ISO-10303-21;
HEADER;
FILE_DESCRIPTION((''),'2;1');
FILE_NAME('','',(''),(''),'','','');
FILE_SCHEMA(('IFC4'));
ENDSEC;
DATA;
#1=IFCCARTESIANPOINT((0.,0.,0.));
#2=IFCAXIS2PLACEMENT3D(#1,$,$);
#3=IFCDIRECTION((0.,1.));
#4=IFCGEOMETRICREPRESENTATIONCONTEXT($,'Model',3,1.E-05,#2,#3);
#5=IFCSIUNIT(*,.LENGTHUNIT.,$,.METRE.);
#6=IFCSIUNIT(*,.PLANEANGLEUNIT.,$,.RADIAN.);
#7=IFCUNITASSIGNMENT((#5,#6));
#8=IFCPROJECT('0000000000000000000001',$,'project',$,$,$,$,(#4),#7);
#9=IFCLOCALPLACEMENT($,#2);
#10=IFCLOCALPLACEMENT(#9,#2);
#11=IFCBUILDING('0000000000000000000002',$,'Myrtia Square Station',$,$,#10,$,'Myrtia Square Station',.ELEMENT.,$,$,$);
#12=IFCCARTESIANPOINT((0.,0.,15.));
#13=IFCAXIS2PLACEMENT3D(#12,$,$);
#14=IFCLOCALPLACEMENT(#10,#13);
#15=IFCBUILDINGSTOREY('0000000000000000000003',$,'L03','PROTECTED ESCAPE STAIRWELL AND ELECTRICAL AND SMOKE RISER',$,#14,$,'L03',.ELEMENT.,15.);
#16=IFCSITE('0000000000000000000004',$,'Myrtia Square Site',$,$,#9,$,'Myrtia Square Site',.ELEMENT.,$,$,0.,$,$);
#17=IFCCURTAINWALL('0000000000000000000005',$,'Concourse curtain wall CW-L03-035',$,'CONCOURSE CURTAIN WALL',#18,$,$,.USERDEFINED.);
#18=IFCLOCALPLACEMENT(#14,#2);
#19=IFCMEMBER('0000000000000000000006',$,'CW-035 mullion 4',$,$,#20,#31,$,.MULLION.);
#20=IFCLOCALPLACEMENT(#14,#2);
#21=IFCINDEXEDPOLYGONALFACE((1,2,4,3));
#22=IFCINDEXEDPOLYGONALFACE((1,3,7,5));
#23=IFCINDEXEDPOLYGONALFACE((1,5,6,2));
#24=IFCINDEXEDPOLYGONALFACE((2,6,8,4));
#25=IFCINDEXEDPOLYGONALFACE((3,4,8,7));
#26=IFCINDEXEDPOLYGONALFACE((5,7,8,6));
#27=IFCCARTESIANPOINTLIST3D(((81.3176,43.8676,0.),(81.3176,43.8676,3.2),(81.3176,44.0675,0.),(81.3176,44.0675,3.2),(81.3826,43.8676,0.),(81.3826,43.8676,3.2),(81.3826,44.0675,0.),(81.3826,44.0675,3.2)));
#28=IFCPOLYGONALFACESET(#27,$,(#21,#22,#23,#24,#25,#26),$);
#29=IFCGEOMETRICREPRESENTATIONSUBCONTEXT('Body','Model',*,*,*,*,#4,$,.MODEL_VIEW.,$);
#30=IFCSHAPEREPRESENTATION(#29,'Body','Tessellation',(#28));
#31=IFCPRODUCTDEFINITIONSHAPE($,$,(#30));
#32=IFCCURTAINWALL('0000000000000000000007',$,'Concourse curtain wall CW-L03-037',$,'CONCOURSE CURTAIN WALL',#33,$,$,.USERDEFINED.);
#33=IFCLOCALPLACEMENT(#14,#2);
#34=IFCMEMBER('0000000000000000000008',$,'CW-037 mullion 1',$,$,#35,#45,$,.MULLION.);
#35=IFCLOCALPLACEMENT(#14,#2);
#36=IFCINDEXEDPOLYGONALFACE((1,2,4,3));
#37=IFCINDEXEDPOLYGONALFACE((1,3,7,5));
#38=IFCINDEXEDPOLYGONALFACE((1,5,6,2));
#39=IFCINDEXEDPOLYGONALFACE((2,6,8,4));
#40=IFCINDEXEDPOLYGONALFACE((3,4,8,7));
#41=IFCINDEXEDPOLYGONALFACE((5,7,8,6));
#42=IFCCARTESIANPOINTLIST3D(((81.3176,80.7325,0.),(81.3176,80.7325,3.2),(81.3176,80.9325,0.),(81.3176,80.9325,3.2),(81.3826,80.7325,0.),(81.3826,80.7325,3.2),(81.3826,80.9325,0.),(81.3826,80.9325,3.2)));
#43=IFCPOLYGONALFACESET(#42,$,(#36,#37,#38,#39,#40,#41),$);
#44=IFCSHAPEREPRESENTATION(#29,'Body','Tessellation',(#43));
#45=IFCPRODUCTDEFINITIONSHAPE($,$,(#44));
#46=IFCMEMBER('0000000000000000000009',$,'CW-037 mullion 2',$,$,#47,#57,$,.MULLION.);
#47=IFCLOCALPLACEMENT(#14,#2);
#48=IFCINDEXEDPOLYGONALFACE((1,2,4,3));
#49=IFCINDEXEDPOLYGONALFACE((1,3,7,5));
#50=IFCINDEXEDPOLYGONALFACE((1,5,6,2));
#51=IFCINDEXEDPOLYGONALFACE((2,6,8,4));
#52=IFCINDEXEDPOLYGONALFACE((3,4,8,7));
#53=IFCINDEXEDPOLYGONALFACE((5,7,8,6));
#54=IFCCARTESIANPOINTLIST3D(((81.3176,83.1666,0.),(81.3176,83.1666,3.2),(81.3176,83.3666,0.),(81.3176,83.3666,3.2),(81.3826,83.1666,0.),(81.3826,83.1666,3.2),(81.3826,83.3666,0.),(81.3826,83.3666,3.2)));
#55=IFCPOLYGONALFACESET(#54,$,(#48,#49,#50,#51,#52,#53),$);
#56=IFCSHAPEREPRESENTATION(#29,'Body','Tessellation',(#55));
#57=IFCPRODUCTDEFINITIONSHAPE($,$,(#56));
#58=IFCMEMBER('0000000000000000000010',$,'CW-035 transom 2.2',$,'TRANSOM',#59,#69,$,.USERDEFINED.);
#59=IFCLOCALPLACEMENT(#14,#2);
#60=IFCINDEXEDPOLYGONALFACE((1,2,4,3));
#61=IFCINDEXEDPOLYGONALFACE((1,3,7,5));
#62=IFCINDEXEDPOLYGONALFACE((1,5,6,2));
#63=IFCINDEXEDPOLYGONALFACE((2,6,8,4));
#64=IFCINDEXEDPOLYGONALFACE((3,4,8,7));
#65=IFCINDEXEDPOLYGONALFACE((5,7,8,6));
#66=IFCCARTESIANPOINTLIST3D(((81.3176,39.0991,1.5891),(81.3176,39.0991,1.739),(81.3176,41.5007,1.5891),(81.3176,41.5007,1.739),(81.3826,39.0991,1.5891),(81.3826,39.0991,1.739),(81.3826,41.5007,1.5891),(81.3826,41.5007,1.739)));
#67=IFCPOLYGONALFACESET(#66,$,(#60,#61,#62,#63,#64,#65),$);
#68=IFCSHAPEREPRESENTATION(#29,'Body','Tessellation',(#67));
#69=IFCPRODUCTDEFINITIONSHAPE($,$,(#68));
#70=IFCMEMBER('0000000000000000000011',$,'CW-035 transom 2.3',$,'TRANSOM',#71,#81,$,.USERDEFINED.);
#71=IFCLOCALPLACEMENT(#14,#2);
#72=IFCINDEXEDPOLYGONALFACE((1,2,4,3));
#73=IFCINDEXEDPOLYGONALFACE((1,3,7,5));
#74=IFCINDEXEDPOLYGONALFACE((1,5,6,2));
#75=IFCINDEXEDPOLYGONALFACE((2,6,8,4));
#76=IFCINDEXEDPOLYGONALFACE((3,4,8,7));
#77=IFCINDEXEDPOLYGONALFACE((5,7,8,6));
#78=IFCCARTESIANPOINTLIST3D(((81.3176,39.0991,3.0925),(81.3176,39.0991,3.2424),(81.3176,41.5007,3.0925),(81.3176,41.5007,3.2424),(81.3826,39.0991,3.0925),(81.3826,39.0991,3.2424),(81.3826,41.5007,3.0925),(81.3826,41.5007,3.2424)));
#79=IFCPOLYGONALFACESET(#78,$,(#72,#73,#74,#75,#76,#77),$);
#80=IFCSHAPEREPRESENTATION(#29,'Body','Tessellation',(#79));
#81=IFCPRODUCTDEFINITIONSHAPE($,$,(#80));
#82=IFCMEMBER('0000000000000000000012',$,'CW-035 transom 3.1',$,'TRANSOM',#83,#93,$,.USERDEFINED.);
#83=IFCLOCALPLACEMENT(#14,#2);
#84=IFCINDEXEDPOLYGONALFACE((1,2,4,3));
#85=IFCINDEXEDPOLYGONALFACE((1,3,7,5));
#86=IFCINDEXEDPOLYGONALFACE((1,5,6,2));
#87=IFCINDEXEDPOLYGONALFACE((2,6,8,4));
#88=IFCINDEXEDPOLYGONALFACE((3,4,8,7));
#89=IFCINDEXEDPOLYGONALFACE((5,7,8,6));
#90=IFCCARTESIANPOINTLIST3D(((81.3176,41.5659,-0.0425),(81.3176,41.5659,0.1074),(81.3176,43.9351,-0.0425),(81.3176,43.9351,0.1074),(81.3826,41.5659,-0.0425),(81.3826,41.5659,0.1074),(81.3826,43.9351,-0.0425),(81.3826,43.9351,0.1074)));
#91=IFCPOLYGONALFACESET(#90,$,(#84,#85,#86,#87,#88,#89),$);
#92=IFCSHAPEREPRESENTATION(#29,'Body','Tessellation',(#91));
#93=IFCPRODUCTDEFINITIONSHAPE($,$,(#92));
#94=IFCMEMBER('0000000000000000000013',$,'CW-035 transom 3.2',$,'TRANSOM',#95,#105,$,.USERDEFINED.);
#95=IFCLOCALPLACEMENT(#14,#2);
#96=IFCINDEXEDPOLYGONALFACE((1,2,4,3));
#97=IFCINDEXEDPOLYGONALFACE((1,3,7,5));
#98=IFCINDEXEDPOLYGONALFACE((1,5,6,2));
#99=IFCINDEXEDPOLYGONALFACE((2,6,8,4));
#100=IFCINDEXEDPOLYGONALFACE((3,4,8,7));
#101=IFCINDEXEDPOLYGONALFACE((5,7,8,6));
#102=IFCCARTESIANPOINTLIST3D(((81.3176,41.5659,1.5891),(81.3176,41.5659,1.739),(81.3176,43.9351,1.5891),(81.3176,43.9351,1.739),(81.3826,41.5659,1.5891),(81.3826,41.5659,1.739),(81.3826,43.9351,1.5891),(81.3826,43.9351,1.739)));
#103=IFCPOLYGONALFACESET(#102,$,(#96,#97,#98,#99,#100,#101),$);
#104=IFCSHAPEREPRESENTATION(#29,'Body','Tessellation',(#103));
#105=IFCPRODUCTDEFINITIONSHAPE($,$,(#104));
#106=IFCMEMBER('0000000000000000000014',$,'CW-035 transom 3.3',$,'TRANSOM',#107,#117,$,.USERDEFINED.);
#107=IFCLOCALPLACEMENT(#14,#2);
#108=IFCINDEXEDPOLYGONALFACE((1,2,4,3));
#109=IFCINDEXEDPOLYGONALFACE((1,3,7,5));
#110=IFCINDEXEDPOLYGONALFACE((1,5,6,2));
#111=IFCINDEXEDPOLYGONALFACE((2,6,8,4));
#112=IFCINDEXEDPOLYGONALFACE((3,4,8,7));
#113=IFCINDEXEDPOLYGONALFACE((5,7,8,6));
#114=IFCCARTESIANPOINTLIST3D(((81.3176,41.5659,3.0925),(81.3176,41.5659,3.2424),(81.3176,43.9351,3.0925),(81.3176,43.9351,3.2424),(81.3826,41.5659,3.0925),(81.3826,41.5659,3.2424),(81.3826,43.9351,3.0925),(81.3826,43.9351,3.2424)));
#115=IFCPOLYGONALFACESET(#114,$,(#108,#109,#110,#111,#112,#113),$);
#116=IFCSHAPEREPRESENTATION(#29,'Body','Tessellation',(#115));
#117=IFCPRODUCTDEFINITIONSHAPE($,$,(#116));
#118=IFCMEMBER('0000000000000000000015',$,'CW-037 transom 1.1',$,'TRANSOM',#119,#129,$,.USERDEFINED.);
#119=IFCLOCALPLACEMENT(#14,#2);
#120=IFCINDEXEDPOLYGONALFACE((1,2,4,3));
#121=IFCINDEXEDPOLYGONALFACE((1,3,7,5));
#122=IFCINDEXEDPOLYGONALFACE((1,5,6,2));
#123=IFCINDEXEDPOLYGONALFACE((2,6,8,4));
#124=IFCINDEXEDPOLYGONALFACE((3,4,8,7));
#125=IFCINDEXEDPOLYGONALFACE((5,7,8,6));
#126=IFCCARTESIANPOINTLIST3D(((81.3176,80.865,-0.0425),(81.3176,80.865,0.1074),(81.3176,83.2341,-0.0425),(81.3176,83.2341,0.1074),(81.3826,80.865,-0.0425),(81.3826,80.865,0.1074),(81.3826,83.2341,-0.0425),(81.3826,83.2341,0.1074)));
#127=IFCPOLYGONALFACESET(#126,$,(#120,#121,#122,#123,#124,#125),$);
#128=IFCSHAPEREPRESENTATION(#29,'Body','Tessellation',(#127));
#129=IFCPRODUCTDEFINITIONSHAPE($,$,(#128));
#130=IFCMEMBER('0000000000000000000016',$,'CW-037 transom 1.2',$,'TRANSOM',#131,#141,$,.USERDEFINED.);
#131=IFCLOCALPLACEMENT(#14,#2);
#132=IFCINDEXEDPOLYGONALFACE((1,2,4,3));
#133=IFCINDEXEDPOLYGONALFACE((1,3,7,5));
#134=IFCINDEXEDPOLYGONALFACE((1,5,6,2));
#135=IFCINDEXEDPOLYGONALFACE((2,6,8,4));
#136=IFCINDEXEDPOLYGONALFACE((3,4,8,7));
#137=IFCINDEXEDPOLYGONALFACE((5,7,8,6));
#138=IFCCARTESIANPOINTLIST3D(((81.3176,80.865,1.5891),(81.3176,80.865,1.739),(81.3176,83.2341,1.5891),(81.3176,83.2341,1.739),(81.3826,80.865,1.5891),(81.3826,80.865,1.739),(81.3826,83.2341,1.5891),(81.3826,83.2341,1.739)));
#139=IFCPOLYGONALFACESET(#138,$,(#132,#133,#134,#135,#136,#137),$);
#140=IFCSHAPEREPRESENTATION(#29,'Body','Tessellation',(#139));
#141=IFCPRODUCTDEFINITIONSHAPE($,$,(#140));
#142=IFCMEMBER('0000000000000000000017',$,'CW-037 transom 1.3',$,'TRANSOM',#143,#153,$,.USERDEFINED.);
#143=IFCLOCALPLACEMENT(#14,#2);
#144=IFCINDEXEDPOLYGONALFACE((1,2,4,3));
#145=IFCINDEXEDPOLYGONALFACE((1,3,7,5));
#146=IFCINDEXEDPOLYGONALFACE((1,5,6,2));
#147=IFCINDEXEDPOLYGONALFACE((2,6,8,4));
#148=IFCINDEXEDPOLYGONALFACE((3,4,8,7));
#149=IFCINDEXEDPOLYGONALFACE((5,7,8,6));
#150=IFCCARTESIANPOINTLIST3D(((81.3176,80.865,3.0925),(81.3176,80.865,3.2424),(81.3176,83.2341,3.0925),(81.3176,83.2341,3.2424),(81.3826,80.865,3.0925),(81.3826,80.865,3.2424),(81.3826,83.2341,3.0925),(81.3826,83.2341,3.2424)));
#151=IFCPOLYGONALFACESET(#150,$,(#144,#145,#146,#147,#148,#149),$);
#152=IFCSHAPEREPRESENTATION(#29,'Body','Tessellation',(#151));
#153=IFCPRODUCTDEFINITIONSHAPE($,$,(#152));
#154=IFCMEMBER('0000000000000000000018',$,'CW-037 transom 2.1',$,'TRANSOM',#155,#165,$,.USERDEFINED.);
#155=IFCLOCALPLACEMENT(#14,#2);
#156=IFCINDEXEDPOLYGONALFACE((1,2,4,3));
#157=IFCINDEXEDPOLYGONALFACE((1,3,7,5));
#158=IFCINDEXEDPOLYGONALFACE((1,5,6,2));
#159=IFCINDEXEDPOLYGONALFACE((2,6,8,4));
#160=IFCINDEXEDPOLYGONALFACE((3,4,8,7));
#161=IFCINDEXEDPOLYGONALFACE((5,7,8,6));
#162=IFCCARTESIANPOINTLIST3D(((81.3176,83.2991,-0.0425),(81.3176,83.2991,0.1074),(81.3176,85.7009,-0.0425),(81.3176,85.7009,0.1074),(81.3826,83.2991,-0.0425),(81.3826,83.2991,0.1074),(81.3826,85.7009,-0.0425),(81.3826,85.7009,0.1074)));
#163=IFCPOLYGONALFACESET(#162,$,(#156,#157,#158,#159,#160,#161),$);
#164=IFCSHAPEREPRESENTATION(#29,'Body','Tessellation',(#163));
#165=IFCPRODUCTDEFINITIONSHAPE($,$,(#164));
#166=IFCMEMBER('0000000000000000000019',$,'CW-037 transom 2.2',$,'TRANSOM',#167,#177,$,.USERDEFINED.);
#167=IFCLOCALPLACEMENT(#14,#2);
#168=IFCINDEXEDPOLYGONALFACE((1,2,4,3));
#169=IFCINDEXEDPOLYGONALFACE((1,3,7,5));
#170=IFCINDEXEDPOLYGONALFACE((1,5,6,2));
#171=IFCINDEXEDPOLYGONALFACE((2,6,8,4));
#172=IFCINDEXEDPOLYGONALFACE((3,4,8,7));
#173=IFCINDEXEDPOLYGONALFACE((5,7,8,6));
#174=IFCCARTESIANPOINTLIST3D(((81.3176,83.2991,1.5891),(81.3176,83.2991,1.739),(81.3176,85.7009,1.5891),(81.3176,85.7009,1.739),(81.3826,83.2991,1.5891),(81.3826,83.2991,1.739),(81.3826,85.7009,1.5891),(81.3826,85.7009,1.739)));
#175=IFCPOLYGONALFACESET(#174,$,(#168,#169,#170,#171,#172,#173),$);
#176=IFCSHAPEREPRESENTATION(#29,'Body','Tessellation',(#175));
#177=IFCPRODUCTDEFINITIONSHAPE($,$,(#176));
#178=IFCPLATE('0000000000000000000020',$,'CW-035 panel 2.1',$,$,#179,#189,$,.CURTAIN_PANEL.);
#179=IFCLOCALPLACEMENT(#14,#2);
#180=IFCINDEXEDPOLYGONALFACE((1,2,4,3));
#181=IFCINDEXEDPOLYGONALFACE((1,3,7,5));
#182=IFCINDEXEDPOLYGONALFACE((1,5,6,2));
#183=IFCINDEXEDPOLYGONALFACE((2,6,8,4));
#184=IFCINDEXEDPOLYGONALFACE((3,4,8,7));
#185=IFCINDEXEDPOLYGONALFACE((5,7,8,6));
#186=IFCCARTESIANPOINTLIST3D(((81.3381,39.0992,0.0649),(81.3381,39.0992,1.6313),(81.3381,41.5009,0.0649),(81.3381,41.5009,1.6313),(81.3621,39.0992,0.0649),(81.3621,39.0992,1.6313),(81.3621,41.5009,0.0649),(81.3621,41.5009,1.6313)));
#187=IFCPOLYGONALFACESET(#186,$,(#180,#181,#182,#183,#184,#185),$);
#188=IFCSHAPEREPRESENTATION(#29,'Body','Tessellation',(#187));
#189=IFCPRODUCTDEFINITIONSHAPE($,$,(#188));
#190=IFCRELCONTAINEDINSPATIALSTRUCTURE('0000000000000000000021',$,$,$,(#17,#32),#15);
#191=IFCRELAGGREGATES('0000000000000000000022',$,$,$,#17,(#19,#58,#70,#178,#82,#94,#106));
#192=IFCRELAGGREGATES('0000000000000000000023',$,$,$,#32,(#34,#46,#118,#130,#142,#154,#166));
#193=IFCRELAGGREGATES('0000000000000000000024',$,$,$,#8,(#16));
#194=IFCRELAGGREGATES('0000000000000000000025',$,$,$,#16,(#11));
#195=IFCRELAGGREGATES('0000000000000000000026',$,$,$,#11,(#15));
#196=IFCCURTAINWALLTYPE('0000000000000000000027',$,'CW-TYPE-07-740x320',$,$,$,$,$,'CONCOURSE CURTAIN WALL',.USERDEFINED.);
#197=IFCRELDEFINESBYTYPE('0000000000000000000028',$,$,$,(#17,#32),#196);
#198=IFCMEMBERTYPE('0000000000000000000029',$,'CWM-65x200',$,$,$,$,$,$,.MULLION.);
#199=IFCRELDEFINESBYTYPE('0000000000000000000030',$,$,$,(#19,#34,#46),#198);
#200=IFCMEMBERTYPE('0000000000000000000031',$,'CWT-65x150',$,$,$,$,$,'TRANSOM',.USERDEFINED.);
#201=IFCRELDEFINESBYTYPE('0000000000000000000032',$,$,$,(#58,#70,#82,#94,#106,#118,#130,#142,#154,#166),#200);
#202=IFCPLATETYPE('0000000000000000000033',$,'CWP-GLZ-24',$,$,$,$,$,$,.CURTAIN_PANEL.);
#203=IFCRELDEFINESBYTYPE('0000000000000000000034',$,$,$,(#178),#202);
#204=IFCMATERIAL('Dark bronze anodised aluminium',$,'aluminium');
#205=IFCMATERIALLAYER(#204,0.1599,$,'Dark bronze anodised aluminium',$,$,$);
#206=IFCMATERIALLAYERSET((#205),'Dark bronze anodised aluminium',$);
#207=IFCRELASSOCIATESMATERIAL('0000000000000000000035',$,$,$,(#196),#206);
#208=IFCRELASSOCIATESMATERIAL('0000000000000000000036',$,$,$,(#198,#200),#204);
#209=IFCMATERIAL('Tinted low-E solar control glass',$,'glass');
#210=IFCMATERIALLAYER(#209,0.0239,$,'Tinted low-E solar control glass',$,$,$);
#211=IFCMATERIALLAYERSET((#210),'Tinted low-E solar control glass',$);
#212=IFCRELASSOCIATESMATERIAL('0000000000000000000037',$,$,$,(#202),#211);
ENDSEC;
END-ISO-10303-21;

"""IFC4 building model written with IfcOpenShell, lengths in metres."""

from ifc_helpers import new_model, si_unit, direction, frame, origin, origin_2d, place, context, subcontext, project, spatial, rectangle, extrude, material, layer, layer_set, material_profile, profile_set, type_object, element, aggregate, save


model = new_model("IFC4")

# Units and contexts
model_context = context("Model", 3, precision=1e-05, world=origin(), true_north=direction((0.0, 1.0)))
body_context = subcontext(model_context, "Body", "Model", "MODEL_VIEW")
ifc_project = project(units=[si_unit("LENGTHUNIT", "METRE"), si_unit("PLANEANGLEUNIT", "RADIAN")], contexts=[model_context])

# Site, building, storey
site_placement = place(None, origin())
site = spatial("IfcSite", under=ifc_project, at=site_placement, Name="Myrtia Square Site", LongName="Myrtia Square Site", CompositionType="ELEMENT", RefElevation=0.0)
building_placement = place(site_placement, origin())
building = spatial("IfcBuilding", under=site, at=building_placement, Name="Myrtia Square Station", LongName="Myrtia Square Station", CompositionType="ELEMENT")
storey_placement = place(building_placement, frame((0.0, 0.0, 15.0)))
storey = spatial("IfcBuildingStorey", under=building, at=storey_placement, Name="L03", Description="PROTECTED ESCAPE STAIRWELL AND ELECTRICAL AND SMOKE RISER", LongName="L03", CompositionType="ELEMENT", Elevation=15.0)

# Curtain walls, members
ifc_material_1 = material(Name="Dark bronze anodised aluminium", Category="aluminium")
ifc_layer_1 = layer(ifc_material_1, 0.1599, Name="Dark bronze anodised aluminium")
ifc_layer_set_1 = layer_set([ifc_layer_1], Name="Dark bronze anodised aluminium")
curtain_wall_type = type_object("IfcCurtainWallType", Name="CW-TYPE-07-740x320", ElementType="CONCOURSE CURTAIN WALL", PredefinedType="USERDEFINED", material=ifc_layer_set_1)
curtain_wall_1_placement = place(storey_placement, origin())
curtain_wall_1 = element("IfcCurtainWall", 1, at=curtain_wall_1_placement, inside=storey, type_object=curtain_wall_type, Name="Concourse curtain wall CW-L03-035", ObjectType="CONCOURSE CURTAIN WALL", PredefinedType="USERDEFINED")
ifc_material_profile_1 = material_profile(ifc_material_1, rectangle(XDim=0.0649, YDim=0.2, at=origin_2d()), Name="ALU-M 65x200")
ifc_profile_set_1 = profile_set([ifc_material_profile_1], Name="Dark bronze anodised aluminium")
member_type_1 = type_object("IfcMemberType", Name="CWM-65x200", PredefinedType="MULLION", material=ifc_profile_set_1)
member_1_placement = place(storey_placement, frame((81.3501, 43.9675, 0.0), z_axis=(0.0, 0.0, 1.0), x_axis=(-1.0, 0.0, 0.0)))
member_1 = element("IfcMember", 2, at=member_1_placement, type_object=member_type_1, Name="CW-035 mullion 4", PredefinedType="MULLION", context=body_context, shape_type="SweptSolid", body=[
    extrude(rectangle(XDim=0.0649, YDim=0.2, at=origin_2d()), origin(), (0.0, 0.0, 1.0), 3.2),
])
curtain_wall_2_placement = place(storey_placement, origin())
curtain_wall_2 = element("IfcCurtainWall", 3, at=curtain_wall_2_placement, inside=storey, type_object=curtain_wall_type, Name="Concourse curtain wall CW-L03-037", ObjectType="CONCOURSE CURTAIN WALL", PredefinedType="USERDEFINED")
member_2_placement = place(storey_placement, frame((81.3501, 80.8325, 0.0), z_axis=(0.0, 0.0, 1.0), x_axis=(-1.0, 0.0, 0.0)))
member_2 = element("IfcMember", 4, at=member_2_placement, type_object=member_type_1, Name="CW-037 mullion 1", PredefinedType="MULLION", context=body_context, shape_type="SweptSolid", body=[
    extrude(rectangle(XDim=0.0649, YDim=0.2, at=origin_2d()), origin(), (0.0, 0.0, 1.0), 3.2),
])
member_3_placement = place(storey_placement, frame((81.3501, 83.2666, 0.0), z_axis=(0.0, 0.0, 1.0), x_axis=(-1.0, 0.0, 0.0)))
member_3 = element("IfcMember", 5, at=member_3_placement, type_object=member_type_1, Name="CW-037 mullion 2", PredefinedType="MULLION", context=body_context, shape_type="SweptSolid", body=[
    extrude(rectangle(XDim=0.0649, YDim=0.2, at=origin_2d()), origin(), (0.0, 0.0, 1.0), 3.2),
])

# Members
ifc_material_profile_2 = material_profile(ifc_material_1, rectangle(XDim=0.0649, YDim=0.1499, at=origin_2d()), Name="ALU-T 65x150")
ifc_profile_set_2 = profile_set([ifc_material_profile_2], Name="Dark bronze anodised aluminium")
member_type_2 = type_object("IfcMemberType", Name="CWT-65x150", ElementType="TRANSOM", PredefinedType="USERDEFINED", material=ifc_profile_set_2)
member_4_placement = place(storey_placement, frame((81.3501, 39.0991, 1.6641), z_axis=(0.0, 1.0, 0.0), x_axis=(-1.0, 0.0, 0.0)))
member_4 = element("IfcMember", 6, at=member_4_placement, type_object=member_type_2, Name="CW-035 transom 2.2", ObjectType="TRANSOM", PredefinedType="USERDEFINED", context=body_context, shape_type="SweptSolid", body=[
    extrude(rectangle(XDim=0.0649, YDim=0.1499, at=origin_2d()), origin(), (0.0, 0.0, 1.0), 2.4016),
])
member_5_placement = place(storey_placement, frame((81.3501, 39.0991, 3.1675), z_axis=(0.0, 1.0, 0.0), x_axis=(-1.0, 0.0, 0.0)))
member_5 = element("IfcMember", 7, at=member_5_placement, type_object=member_type_2, Name="CW-035 transom 2.3", ObjectType="TRANSOM", PredefinedType="USERDEFINED", context=body_context, shape_type="SweptSolid", body=[
    extrude(rectangle(XDim=0.0649, YDim=0.1499, at=origin_2d()), origin(), (0.0, 0.0, 1.0), 2.4016),
])
member_6_placement = place(storey_placement, frame((81.3501, 41.5659, 0.0325), z_axis=(0.0, 1.0, 0.0), x_axis=(-1.0, 0.0, 0.0)))
member_6 = element("IfcMember", 8, at=member_6_placement, type_object=member_type_2, Name="CW-035 transom 3.1", ObjectType="TRANSOM", PredefinedType="USERDEFINED", context=body_context, shape_type="SweptSolid", body=[
    extrude(rectangle(XDim=0.0649, YDim=0.1499, at=origin_2d()), origin(), (0.0, 0.0, 1.0), 2.3691),
])
member_7_placement = place(storey_placement, frame((81.3501, 41.5659, 1.6641), z_axis=(0.0, 1.0, 0.0), x_axis=(-1.0, 0.0, 0.0)))
member_7 = element("IfcMember", 9, at=member_7_placement, type_object=member_type_2, Name="CW-035 transom 3.2", ObjectType="TRANSOM", PredefinedType="USERDEFINED", context=body_context, shape_type="SweptSolid", body=[
    extrude(rectangle(XDim=0.0649, YDim=0.1499, at=origin_2d()), origin(), (0.0, 0.0, 1.0), 2.3691),
])
member_8_placement = place(storey_placement, frame((81.3501, 41.5659, 3.1675), z_axis=(0.0, 1.0, 0.0), x_axis=(-1.0, 0.0, 0.0)))
member_8 = element("IfcMember", 10, at=member_8_placement, type_object=member_type_2, Name="CW-035 transom 3.3", ObjectType="TRANSOM", PredefinedType="USERDEFINED", context=body_context, shape_type="SweptSolid", body=[
    extrude(rectangle(XDim=0.0649, YDim=0.1499, at=origin_2d()), origin(), (0.0, 0.0, 1.0), 2.3691),
])
member_9_placement = place(storey_placement, frame((81.3501, 80.865, 0.0325), z_axis=(0.0, 1.0, 0.0), x_axis=(-1.0, 0.0, 0.0)))
member_9 = element("IfcMember", 11, at=member_9_placement, type_object=member_type_2, Name="CW-037 transom 1.1", ObjectType="TRANSOM", PredefinedType="USERDEFINED", context=body_context, shape_type="SweptSolid", body=[
    extrude(rectangle(XDim=0.0649, YDim=0.1499, at=origin_2d()), origin(), (0.0, 0.0, 1.0), 2.3691),
])
member_10_placement = place(storey_placement, frame((81.3501, 80.865, 1.6641), z_axis=(0.0, 1.0, 0.0), x_axis=(-1.0, 0.0, 0.0)))
member_10 = element("IfcMember", 12, at=member_10_placement, type_object=member_type_2, Name="CW-037 transom 1.2", ObjectType="TRANSOM", PredefinedType="USERDEFINED", context=body_context, shape_type="SweptSolid", body=[
    extrude(rectangle(XDim=0.0649, YDim=0.1499, at=origin_2d()), origin(), (0.0, 0.0, 1.0), 2.3691),
])
member_11_placement = place(storey_placement, frame((81.3501, 80.865, 3.1675), z_axis=(0.0, 1.0, 0.0), x_axis=(-1.0, 0.0, 0.0)))
member_11 = element("IfcMember", 13, at=member_11_placement, type_object=member_type_2, Name="CW-037 transom 1.3", ObjectType="TRANSOM", PredefinedType="USERDEFINED", context=body_context, shape_type="SweptSolid", body=[
    extrude(rectangle(XDim=0.0649, YDim=0.1499, at=origin_2d()), origin(), (0.0, 0.0, 1.0), 2.3691),
])
member_12_placement = place(storey_placement, frame((81.3501, 83.2991, 0.0325), z_axis=(0.0, 1.0, 0.0), x_axis=(-1.0, 0.0, 0.0)))
member_12 = element("IfcMember", 14, at=member_12_placement, type_object=member_type_2, Name="CW-037 transom 2.1", ObjectType="TRANSOM", PredefinedType="USERDEFINED", context=body_context, shape_type="SweptSolid", body=[
    extrude(rectangle(XDim=0.0649, YDim=0.1499, at=origin_2d()), origin(), (0.0, 0.0, 1.0), 2.4019),
])
member_13_placement = place(storey_placement, frame((81.3501, 83.2991, 1.6641), z_axis=(0.0, 1.0, 0.0), x_axis=(-1.0, 0.0, 0.0)))
member_13 = element("IfcMember", 15, at=member_13_placement, type_object=member_type_2, Name="CW-037 transom 2.2", ObjectType="TRANSOM", PredefinedType="USERDEFINED", context=body_context, shape_type="SweptSolid", body=[
    extrude(rectangle(XDim=0.0649, YDim=0.1499, at=origin_2d()), origin(), (0.0, 0.0, 1.0), 2.4019),
])

# Plate
ifc_material_2 = material(Name="Tinted low-E solar control glass", Category="glass")
ifc_layer_2 = layer(ifc_material_2, 0.0239, Name="Tinted low-E solar control glass")
ifc_layer_set_2 = layer_set([ifc_layer_2], Name="Tinted low-E solar control glass")
plate_type_1 = type_object("IfcPlateType", Name="CWP-GLZ-24", PredefinedType="CURTAIN_PANEL", material=ifc_layer_set_2)
plate_1_placement = place(storey_placement, frame((81.3501, 40.3, 0.0649), z_axis=(0.0, 0.0, 1.0), x_axis=(0.0, 1.0, 0.0)))
plate_1 = element("IfcPlate", 16, at=plate_1_placement, type_object=plate_type_1, Name="CW-035 panel 2.1", PredefinedType="CURTAIN_PANEL", context=body_context, shape_type="SweptSolid", body=[
    extrude(rectangle(XDim=2.4016, YDim=0.0239, at=origin_2d()), origin(), (0.0, 0.0, 1.0), 1.5664),
])
aggregate(curtain_wall_1, [member_1, member_4, member_5, plate_1, member_6, member_7, member_8])
aggregate(curtain_wall_2, [member_2, member_3, member_9, member_10, member_11, member_12, member_13])

save(model, "model.ifc")
